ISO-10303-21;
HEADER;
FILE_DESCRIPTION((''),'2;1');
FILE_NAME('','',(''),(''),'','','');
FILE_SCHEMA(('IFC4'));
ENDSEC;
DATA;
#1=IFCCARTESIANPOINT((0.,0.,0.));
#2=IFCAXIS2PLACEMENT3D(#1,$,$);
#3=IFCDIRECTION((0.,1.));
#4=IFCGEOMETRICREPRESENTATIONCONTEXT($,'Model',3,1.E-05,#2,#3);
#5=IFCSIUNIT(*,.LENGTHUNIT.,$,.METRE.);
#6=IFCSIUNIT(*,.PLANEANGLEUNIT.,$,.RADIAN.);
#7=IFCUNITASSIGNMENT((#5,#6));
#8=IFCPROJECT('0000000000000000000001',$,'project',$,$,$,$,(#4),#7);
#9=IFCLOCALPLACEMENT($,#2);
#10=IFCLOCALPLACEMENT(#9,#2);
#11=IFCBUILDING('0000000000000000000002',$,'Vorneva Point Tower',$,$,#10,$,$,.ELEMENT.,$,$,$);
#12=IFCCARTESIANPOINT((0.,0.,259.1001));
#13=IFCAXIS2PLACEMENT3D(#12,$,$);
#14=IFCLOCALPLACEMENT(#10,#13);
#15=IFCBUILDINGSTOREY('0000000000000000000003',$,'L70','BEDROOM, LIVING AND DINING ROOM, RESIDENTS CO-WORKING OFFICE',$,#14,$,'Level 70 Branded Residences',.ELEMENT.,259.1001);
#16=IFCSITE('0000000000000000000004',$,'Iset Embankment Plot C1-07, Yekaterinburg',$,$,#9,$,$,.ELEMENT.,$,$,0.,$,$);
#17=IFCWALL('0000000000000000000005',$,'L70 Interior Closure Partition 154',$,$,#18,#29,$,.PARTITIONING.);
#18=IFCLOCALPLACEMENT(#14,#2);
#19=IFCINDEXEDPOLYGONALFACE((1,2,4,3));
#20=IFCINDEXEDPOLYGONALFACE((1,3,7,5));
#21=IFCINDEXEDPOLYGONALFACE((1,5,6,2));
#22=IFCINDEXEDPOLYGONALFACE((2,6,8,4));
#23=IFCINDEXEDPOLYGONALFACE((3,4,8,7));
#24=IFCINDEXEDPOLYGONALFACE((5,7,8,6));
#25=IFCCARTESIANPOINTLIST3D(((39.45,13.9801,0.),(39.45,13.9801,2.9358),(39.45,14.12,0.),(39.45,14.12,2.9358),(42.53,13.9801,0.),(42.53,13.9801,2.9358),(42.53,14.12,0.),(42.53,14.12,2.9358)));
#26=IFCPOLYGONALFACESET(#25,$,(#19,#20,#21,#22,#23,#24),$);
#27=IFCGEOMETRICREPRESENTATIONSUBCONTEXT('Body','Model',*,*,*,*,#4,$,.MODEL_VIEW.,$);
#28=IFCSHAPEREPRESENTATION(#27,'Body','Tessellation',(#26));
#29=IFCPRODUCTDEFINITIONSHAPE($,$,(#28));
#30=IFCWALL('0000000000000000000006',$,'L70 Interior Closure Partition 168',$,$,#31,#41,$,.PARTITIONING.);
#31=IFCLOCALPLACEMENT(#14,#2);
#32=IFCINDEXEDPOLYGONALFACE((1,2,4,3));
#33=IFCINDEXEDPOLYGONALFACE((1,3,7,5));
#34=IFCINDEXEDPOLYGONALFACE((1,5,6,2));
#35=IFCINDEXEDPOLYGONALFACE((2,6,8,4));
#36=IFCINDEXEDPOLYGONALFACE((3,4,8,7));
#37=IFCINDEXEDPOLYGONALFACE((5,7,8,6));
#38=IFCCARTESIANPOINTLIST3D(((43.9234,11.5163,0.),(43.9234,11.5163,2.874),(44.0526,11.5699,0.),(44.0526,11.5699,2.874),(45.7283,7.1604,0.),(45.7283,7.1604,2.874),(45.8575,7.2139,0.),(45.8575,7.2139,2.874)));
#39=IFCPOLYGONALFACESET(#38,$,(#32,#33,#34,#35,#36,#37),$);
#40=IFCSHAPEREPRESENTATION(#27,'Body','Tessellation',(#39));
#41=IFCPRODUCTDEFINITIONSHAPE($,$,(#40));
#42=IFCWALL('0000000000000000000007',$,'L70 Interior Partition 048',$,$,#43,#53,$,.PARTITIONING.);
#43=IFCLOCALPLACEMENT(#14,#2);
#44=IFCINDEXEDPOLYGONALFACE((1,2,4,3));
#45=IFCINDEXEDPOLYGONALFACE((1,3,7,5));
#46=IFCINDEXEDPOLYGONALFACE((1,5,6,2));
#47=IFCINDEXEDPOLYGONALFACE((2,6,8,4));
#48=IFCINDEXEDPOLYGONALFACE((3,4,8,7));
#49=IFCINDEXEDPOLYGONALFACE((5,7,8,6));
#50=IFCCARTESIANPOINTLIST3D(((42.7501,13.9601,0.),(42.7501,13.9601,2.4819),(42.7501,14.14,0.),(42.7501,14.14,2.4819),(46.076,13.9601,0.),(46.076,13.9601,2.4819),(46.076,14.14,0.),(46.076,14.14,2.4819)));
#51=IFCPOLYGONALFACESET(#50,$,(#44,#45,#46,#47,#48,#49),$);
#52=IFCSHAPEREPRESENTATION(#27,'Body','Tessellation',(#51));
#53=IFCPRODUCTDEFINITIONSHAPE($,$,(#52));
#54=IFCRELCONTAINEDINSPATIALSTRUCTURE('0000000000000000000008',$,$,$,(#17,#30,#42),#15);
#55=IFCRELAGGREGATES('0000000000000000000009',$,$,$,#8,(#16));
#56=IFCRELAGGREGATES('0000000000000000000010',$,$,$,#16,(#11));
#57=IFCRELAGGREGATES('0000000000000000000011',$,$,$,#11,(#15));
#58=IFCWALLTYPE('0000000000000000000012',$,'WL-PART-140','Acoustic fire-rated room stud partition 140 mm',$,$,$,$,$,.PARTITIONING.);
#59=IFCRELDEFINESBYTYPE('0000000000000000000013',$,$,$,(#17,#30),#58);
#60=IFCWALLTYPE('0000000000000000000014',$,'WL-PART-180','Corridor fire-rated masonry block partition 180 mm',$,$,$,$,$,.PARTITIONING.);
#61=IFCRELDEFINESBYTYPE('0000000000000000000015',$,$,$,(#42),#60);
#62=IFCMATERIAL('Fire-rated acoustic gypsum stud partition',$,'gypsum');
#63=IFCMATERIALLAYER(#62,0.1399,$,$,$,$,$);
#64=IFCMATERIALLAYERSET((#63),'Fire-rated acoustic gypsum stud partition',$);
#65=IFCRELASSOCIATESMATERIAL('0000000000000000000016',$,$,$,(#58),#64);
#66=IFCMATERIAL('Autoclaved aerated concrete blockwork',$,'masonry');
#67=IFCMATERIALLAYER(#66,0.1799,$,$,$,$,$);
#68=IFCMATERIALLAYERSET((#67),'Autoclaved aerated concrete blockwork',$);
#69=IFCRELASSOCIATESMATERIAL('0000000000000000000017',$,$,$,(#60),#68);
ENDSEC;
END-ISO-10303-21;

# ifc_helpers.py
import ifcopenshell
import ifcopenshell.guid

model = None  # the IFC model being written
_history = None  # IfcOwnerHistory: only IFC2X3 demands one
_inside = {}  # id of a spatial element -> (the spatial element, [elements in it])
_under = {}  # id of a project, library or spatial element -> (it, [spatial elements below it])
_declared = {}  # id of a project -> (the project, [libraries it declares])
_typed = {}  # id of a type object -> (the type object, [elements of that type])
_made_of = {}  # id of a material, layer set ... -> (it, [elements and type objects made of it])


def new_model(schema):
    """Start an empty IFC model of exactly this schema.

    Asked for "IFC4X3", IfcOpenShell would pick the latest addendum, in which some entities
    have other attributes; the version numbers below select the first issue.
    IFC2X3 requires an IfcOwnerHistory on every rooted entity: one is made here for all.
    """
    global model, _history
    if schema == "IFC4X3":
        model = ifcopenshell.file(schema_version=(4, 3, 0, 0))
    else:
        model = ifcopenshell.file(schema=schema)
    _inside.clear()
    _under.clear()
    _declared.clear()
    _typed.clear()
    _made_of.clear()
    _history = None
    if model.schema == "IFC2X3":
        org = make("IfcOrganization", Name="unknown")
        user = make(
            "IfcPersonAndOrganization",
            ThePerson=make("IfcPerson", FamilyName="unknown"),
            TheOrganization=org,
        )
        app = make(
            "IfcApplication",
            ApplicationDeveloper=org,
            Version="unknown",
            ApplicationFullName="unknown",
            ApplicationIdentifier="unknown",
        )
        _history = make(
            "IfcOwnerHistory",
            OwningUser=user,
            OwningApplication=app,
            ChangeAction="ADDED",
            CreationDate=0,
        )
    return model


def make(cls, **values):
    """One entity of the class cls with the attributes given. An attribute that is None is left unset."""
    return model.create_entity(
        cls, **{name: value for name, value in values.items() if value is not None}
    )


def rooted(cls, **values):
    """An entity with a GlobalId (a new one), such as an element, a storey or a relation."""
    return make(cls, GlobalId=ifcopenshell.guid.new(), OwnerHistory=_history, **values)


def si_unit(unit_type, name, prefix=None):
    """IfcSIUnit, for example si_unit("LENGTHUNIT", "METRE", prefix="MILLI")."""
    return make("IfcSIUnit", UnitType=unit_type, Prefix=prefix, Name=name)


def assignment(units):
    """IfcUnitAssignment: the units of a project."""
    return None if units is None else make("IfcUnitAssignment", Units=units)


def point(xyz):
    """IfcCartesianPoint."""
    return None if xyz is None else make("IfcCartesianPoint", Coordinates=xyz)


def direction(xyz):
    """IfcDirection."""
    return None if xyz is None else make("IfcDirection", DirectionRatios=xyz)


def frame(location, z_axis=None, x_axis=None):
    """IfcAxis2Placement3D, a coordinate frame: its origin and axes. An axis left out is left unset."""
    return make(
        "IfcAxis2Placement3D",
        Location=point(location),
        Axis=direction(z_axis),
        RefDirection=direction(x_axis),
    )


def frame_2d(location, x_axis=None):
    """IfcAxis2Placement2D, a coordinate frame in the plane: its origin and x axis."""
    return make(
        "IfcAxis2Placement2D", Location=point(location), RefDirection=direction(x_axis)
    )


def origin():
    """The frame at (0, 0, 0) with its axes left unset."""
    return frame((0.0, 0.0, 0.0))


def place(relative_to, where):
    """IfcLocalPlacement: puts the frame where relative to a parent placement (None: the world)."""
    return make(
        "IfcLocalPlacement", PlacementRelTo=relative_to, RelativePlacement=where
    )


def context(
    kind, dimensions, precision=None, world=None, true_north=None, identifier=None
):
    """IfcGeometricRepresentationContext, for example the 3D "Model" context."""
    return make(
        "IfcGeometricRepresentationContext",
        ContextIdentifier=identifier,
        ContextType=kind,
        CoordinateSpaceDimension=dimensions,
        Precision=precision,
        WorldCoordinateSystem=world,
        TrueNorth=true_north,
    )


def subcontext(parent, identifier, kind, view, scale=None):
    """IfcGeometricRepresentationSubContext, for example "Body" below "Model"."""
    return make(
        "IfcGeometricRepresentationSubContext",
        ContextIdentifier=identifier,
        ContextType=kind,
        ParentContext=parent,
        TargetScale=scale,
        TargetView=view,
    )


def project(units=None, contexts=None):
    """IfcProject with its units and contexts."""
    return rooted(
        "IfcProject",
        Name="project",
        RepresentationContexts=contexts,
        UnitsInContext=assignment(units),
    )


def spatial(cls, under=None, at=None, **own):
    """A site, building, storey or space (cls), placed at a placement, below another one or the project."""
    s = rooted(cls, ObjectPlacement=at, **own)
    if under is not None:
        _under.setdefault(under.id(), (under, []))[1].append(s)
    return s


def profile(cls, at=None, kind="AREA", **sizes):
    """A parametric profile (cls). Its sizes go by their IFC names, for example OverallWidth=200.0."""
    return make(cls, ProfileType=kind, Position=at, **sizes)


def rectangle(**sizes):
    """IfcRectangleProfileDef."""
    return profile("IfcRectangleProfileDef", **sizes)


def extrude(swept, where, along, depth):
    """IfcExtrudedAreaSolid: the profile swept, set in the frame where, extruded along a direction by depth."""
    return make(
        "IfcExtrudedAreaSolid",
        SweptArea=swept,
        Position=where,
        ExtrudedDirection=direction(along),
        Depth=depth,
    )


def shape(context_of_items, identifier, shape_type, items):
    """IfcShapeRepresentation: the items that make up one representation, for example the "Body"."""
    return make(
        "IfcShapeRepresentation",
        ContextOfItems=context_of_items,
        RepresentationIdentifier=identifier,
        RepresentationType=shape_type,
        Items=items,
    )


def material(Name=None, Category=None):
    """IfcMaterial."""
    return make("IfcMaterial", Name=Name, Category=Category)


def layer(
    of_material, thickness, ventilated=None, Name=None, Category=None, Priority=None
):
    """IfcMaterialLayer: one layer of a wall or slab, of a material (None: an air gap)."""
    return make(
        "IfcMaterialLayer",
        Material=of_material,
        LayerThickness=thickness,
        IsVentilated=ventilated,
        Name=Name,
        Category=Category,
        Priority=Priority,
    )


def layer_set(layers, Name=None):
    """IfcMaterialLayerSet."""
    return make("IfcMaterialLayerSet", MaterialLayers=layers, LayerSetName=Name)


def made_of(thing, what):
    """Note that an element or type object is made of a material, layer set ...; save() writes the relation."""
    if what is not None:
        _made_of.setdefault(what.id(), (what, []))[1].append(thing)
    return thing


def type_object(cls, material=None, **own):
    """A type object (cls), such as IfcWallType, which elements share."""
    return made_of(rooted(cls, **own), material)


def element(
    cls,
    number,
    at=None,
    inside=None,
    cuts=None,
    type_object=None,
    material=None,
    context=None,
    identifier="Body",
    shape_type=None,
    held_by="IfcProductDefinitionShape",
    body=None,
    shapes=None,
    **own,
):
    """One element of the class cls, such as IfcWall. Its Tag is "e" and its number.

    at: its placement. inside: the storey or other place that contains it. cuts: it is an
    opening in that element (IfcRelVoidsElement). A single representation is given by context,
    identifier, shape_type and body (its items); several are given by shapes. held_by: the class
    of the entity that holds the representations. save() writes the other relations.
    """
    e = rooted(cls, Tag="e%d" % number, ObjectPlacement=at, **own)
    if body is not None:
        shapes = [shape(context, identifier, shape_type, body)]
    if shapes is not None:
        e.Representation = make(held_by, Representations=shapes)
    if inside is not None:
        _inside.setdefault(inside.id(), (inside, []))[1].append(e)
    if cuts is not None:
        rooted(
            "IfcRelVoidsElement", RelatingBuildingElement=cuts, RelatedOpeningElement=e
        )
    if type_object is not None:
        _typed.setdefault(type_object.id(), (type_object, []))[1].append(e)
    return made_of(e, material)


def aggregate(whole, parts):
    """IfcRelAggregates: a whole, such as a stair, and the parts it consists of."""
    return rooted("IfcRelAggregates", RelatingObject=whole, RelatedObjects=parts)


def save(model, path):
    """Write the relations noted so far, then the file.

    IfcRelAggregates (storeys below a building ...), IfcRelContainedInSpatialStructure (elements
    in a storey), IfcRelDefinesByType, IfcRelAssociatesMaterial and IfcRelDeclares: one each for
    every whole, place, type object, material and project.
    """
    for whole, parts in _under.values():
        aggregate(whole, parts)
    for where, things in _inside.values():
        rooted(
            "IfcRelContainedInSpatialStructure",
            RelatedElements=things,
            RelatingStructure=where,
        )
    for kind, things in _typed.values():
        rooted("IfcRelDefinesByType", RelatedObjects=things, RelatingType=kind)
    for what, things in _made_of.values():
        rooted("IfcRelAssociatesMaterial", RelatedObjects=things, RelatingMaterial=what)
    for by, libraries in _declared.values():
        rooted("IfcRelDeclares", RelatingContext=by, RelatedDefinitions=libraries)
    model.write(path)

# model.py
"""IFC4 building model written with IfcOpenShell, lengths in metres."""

from ifc_helpers import new_model, si_unit, direction, frame, frame_2d, origin, place, context, subcontext, project, spatial, rectangle, extrude, material, layer, layer_set, type_object, element, save


model = new_model("IFC4")

# Units and contexts
model_context = context("Model", 3, precision=1e-05, world=origin(), true_north=direction((0.0, 1.0)))
body_context = subcontext(model_context, "Body", "Model", "MODEL_VIEW")
ifc_project = project(units=[si_unit("LENGTHUNIT", "METRE"), si_unit("PLANEANGLEUNIT", "RADIAN")], contexts=[model_context])

# Site, building, storey
site_placement = place(None, origin())
site = spatial("IfcSite", under=ifc_project, at=site_placement, Name="Iset Embankment Plot C1-07, Yekaterinburg", CompositionType="ELEMENT", RefElevation=0.0)
building_placement = place(site_placement, origin())
building = spatial("IfcBuilding", under=site, at=building_placement, Name="Vorneva Point Tower", CompositionType="ELEMENT")
storey_placement = place(building_placement, frame((0.0, 0.0, 259.1001)))
storey = spatial("IfcBuildingStorey", under=building, at=storey_placement, Name="L70", Description="BEDROOM, LIVING AND DINING ROOM, RESIDENTS CO-WORKING OFFICE", LongName="Level 70 Branded Residences", CompositionType="ELEMENT", Elevation=259.1001)

# Shared definitions
ifc_material_1 = material(Name="Fire-rated acoustic gypsum stud partition", Category="gypsum")

# Walls
ifc_layer_1 = layer(ifc_material_1, 0.1399)
ifc_layer_set_1 = layer_set([ifc_layer_1], Name="Fire-rated acoustic gypsum stud partition")
wall_type_1 = type_object("IfcWallType", Name="WL-PART-140", Description="Acoustic fire-rated room stud partition 140 mm", PredefinedType="PARTITIONING", material=ifc_layer_set_1)
wall_1_placement = place(storey_placement, frame((39.45, 14.05, 0.0), z_axis=(0.0, 0.0, 1.0), x_axis=(1.0, 0.0, 0.0)))
element("IfcWall", 1, at=wall_1_placement, inside=storey, type_object=wall_type_1, Name="L70 Interior Closure Partition 154", PredefinedType="PARTITIONING", context=body_context, shape_type="SweptSolid", body=[
    extrude(rectangle(XDim=3.0801, YDim=0.1399, at=frame_2d((1.54, 0.0))), origin(), (0.0, 0.0, 1.0), 2.9358),
])
wall_2_placement = place(storey_placement, frame((43.988, 11.543, 0.0), z_axis=(0.0, 0.0, 1.0), x_axis=(0.382798, -0.923832, 0.0)))
element("IfcWall", 2, at=wall_2_placement, inside=storey, type_object=wall_type_1, Name="L70 Interior Closure Partition 168", PredefinedType="PARTITIONING", context=body_context, shape_type="SweptSolid", body=[
    extrude(rectangle(XDim=4.7151, YDim=0.1399, at=frame_2d((2.3574, 0.0))), origin(), (0.0, 0.0, 1.0), 2.874),
])

# Shared definitions
ifc_material_2 = material(Name="Autoclaved aerated concrete blockwork", Category="masonry")
ifc_layer_2 = layer(ifc_material_2, 0.1799)
ifc_layer_set_2 = layer_set([ifc_layer_2], Name="Autoclaved aerated concrete blockwork")
wall_type_2 = type_object("IfcWallType", Name="WL-PART-180", Description="Corridor fire-rated masonry block partition 180 mm", PredefinedType="PARTITIONING", material=ifc_layer_set_2)

# Wall
wall_3_placement = place(storey_placement, frame((42.75, 14.05, 0.0), z_axis=(0.0, 0.0, 1.0), x_axis=(1.0, 0.0, 0.0)))
element("IfcWall", 3, at=wall_3_placement, inside=storey, type_object=wall_type_2, Name="L70 Interior Partition 048", PredefinedType="PARTITIONING", context=body_context, shape_type="SweptSolid", body=[
    extrude(rectangle(XDim=3.3259, YDim=0.1799, at=frame_2d((1.6631, 0.0))), origin(), (0.0, 0.0, 1.0), 2.4819),
])

save(model, "model.ifc")
